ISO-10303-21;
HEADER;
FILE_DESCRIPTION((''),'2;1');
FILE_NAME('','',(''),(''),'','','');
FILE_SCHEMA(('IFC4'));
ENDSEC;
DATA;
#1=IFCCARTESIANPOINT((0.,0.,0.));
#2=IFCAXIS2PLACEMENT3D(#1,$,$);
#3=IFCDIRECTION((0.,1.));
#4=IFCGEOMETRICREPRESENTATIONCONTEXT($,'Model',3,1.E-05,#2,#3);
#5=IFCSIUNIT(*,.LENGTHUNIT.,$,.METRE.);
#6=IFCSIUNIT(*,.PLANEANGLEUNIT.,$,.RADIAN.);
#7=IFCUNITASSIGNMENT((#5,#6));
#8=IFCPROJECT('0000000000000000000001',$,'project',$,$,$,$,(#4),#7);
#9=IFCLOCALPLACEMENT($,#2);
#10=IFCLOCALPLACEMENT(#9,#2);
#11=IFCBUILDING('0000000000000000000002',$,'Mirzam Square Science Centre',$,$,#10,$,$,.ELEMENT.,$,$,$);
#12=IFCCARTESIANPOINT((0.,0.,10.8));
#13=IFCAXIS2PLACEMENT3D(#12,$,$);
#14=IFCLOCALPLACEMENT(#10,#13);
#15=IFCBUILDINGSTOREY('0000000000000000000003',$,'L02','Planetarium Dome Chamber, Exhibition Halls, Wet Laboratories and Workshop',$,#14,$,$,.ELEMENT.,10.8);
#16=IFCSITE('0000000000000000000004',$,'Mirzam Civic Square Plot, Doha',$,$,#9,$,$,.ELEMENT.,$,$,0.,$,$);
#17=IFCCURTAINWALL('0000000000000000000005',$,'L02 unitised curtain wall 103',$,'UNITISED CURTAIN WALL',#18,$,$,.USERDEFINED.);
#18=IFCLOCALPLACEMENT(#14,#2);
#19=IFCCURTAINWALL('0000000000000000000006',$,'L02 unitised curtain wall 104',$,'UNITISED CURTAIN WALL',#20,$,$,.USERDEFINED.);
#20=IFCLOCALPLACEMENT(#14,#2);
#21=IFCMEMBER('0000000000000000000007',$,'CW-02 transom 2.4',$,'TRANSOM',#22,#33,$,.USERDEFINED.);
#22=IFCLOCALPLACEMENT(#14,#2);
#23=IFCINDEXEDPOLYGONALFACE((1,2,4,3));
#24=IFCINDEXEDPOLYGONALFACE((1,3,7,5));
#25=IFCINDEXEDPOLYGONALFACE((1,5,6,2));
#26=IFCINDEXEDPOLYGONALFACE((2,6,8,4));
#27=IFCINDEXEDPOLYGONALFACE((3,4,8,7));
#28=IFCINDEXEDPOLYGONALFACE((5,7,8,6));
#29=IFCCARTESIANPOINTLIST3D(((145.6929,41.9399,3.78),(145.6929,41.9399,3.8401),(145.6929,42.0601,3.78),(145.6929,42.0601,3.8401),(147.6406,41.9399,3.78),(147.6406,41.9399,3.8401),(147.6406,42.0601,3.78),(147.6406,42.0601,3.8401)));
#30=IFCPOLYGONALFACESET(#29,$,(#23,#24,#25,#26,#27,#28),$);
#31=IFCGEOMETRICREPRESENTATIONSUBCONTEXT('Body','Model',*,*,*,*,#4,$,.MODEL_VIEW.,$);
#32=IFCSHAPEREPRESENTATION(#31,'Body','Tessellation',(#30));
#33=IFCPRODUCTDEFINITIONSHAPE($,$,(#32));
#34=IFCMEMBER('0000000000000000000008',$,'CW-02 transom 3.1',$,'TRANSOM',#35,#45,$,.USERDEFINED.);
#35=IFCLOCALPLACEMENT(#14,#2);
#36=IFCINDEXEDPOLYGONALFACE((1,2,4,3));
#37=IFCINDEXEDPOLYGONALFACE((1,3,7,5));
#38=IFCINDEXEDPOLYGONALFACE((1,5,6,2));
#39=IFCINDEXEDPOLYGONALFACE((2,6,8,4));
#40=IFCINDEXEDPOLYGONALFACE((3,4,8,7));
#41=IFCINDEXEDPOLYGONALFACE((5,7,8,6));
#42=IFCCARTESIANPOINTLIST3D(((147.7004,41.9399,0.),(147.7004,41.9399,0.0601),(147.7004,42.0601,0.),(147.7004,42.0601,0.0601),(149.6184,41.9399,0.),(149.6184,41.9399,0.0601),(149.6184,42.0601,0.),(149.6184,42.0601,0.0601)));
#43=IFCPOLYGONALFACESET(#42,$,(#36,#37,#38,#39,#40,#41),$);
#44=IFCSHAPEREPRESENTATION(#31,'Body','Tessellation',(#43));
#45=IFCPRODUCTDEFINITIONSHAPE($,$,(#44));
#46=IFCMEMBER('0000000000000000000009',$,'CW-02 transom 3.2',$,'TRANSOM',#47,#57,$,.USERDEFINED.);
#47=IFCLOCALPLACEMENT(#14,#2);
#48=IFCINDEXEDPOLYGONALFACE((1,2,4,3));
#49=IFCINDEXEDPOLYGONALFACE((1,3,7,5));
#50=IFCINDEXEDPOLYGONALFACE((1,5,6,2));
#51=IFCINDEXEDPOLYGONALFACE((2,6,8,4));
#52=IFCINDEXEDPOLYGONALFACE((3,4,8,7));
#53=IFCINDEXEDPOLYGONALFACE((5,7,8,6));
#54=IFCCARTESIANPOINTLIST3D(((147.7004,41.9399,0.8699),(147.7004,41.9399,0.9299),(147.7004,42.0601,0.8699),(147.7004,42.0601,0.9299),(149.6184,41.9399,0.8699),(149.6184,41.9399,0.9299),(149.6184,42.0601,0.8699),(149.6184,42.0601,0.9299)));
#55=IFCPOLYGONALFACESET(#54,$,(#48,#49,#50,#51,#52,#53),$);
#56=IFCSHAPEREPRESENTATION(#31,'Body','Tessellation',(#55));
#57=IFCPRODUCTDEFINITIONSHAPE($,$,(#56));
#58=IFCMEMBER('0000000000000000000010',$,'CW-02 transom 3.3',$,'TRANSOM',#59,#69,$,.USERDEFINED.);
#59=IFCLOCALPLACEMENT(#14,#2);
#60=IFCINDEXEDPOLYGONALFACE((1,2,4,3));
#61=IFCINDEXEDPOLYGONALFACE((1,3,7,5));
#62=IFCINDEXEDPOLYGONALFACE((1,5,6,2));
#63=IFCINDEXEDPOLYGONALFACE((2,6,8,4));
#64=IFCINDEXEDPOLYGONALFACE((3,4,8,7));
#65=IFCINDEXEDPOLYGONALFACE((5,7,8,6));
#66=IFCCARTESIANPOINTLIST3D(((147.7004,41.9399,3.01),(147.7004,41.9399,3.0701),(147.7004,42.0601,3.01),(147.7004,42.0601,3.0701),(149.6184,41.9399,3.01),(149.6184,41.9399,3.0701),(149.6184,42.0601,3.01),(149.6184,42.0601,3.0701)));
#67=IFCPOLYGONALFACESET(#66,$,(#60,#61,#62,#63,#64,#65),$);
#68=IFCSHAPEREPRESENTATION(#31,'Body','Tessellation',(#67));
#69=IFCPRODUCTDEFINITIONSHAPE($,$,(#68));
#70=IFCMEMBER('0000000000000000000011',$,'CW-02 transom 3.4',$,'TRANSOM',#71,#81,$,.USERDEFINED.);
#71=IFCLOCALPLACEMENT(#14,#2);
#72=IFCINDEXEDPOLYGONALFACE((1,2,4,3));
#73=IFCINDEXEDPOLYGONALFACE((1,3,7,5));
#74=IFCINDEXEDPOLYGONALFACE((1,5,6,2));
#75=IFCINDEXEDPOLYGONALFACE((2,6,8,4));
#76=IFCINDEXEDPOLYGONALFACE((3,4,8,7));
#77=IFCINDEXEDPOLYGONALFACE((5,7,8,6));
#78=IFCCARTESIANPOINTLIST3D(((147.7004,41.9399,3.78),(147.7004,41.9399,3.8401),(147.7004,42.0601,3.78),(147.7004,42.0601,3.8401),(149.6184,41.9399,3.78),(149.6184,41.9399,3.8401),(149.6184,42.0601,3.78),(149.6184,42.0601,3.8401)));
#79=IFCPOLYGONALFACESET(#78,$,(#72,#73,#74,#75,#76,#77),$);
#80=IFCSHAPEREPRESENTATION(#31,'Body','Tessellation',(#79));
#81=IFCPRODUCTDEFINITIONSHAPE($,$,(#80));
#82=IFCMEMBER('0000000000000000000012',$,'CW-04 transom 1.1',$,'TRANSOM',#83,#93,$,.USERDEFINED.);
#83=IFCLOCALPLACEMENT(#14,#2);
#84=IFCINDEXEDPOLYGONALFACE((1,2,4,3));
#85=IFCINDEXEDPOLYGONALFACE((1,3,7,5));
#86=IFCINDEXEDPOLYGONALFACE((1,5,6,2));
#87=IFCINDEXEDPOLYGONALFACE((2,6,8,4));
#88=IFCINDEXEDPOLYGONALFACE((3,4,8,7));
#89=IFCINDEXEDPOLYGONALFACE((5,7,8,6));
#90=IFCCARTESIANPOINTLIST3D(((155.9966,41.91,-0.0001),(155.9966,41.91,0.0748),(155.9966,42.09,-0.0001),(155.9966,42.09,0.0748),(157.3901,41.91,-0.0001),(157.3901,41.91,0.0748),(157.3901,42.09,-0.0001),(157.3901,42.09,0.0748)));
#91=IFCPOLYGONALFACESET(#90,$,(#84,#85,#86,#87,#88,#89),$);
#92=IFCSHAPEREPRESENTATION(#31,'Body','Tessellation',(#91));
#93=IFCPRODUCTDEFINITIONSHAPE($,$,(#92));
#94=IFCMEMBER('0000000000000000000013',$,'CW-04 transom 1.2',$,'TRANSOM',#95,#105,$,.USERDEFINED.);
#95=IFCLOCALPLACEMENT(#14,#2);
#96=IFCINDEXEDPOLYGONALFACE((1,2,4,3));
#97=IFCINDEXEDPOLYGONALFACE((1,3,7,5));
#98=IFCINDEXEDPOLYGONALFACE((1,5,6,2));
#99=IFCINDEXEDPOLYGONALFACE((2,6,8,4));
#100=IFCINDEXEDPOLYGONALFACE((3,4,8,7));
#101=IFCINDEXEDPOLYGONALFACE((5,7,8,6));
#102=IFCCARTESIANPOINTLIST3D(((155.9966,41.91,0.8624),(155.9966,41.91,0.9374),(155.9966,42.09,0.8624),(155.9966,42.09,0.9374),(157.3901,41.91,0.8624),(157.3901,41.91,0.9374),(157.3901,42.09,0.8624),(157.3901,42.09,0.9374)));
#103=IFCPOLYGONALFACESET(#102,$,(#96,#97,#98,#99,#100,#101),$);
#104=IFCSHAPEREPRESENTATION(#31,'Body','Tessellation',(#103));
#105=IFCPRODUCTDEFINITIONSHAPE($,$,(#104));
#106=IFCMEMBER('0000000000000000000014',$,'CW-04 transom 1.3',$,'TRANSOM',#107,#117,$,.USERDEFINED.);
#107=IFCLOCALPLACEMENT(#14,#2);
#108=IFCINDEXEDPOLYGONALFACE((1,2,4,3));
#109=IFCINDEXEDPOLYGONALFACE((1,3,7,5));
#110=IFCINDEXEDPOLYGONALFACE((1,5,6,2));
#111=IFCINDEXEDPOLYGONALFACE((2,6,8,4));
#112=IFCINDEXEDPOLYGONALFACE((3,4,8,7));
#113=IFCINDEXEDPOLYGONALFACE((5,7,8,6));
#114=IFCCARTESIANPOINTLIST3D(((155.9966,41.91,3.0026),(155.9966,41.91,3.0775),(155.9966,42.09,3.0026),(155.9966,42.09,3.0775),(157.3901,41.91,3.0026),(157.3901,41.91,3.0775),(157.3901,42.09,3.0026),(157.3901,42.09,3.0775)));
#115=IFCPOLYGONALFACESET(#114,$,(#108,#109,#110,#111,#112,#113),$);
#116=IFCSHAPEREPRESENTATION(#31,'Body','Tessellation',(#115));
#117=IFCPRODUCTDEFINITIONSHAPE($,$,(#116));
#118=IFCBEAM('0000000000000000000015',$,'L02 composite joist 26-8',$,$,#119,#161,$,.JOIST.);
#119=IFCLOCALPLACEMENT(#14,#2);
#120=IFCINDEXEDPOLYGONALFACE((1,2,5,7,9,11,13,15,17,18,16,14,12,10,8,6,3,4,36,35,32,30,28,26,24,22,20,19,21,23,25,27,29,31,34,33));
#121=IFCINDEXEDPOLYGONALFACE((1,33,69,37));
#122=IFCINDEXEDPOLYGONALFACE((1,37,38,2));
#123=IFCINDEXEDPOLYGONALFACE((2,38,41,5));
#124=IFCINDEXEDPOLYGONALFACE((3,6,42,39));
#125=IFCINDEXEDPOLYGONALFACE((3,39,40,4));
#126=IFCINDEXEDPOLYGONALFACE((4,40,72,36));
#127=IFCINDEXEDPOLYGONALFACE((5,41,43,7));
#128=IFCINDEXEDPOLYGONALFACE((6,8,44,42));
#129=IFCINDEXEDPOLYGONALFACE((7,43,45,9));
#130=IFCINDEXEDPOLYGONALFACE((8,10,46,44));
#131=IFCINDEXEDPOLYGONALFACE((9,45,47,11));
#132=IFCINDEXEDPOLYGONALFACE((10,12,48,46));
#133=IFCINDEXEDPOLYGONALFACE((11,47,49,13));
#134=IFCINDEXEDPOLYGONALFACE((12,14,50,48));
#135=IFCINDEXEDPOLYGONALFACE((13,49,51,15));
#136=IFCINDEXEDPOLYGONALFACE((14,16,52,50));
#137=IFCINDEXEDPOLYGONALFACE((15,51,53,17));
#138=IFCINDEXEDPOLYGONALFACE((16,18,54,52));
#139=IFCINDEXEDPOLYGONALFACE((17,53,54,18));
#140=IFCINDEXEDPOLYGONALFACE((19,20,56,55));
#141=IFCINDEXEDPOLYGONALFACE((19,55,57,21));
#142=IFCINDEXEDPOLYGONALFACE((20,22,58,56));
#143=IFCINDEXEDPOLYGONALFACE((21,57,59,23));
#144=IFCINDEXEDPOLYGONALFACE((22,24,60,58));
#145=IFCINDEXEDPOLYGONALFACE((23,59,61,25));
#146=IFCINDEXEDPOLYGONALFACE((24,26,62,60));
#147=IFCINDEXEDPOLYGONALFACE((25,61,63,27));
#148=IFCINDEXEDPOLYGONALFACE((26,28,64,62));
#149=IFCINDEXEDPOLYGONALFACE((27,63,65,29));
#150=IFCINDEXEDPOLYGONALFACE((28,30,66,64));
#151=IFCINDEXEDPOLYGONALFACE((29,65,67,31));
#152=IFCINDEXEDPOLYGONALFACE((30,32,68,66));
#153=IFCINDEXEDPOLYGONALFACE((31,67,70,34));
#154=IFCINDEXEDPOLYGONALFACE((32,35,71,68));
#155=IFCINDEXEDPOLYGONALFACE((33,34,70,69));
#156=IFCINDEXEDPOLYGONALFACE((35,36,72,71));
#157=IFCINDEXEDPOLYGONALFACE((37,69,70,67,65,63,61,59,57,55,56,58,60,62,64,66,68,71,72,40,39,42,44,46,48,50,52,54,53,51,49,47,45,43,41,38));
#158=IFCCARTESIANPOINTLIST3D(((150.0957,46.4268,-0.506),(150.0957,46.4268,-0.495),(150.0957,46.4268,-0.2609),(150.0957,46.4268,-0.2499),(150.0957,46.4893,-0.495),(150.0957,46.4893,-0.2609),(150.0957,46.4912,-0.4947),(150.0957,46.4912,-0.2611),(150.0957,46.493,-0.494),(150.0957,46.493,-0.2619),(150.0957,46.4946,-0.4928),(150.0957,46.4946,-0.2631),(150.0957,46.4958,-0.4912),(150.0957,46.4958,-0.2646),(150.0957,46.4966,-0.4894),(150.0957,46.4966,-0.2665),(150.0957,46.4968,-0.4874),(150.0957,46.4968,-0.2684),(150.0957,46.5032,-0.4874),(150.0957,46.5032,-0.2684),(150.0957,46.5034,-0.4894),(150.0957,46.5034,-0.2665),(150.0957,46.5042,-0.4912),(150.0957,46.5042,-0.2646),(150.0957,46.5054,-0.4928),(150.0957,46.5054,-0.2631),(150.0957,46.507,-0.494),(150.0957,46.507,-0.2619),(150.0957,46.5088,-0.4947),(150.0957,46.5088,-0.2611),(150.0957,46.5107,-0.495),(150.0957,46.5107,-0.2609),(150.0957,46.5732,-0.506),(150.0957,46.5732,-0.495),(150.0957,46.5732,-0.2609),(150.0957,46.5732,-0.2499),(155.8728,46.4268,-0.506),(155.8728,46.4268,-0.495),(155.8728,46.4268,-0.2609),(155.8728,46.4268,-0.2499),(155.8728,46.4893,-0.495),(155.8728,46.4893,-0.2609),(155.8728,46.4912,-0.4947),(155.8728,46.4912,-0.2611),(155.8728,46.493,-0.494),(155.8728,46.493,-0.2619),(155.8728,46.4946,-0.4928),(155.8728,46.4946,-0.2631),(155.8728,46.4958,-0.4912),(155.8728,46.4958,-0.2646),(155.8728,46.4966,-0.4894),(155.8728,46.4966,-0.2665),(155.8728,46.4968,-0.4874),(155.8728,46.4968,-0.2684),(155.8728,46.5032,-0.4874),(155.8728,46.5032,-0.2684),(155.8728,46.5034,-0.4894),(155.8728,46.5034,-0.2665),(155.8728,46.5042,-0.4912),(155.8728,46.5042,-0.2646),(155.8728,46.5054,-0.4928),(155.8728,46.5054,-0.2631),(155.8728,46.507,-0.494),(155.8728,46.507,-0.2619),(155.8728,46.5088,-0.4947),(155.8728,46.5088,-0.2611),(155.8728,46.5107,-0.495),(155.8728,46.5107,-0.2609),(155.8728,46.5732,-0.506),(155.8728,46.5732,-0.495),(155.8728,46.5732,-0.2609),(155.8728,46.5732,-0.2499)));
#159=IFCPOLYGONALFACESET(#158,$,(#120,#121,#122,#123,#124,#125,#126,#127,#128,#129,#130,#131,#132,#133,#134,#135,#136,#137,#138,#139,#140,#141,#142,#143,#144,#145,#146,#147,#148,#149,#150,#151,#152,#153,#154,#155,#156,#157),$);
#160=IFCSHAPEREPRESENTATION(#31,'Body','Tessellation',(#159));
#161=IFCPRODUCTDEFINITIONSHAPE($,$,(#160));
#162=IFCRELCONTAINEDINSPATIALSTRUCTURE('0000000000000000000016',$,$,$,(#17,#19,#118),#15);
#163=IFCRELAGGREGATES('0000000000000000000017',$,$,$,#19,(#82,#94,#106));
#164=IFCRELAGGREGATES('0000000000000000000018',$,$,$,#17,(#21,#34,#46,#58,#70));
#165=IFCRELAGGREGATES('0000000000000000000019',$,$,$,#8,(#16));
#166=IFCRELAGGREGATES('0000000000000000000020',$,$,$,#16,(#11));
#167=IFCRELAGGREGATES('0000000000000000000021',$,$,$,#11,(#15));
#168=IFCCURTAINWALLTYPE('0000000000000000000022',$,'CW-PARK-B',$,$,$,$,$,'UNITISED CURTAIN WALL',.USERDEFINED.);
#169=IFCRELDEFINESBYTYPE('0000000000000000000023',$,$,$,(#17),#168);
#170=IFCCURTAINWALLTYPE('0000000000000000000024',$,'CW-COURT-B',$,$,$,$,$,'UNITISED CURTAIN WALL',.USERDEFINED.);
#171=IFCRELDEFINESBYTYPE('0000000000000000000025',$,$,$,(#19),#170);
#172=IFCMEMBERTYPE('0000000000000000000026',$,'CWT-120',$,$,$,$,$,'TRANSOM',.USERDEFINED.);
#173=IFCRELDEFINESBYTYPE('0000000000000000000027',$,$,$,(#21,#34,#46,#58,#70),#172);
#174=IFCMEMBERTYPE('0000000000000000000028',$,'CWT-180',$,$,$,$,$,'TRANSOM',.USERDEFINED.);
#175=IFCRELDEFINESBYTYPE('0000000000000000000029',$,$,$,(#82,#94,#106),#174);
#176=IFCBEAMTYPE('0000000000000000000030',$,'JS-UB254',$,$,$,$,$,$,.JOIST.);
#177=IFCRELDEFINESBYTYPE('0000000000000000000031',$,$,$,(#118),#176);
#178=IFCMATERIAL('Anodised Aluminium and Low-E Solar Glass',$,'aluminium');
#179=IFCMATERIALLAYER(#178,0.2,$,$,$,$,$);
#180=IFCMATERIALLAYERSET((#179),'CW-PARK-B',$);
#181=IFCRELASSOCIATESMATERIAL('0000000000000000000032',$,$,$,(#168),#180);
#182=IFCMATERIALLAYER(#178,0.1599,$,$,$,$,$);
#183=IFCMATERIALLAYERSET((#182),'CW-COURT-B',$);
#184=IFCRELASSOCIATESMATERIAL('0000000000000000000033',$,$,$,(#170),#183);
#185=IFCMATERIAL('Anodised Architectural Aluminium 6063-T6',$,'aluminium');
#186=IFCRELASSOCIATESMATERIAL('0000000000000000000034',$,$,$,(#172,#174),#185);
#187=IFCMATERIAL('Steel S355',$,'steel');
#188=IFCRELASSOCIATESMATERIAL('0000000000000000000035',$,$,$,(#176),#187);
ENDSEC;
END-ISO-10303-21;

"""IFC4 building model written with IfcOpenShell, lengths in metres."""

from ifc_helpers import new_model, si_unit, direction, frame, origin, origin_2d, place, context, subcontext, project, spatial, rectangle, i_section, extrude, material, layer, layer_set, material_profile, profile_set, type_object, element, aggregate, save


model = new_model("IFC4")

# Units and contexts
model_context = context("Model", 3, precision=1e-05, world=origin(), true_north=direction((0.0, 1.0)))
body_context = subcontext(model_context, "Body", "Model", "MODEL_VIEW")
ifc_project = project(units=[si_unit("LENGTHUNIT", "METRE"), si_unit("PLANEANGLEUNIT", "RADIAN")], contexts=[model_context])

# Site, building, storey
site_placement = place(None, origin())
site = spatial("IfcSite", under=ifc_project, at=site_placement, Name="Mirzam Civic Square Plot, Doha", CompositionType="ELEMENT", RefElevation=0.0)
building_placement = place(site_placement, origin())
building = spatial("IfcBuilding", under=site, at=building_placement, Name="Mirzam Square Science Centre", CompositionType="ELEMENT")
storey_placement = place(building_placement, frame((0.0, 0.0, 10.8)))
storey = spatial("IfcBuildingStorey", under=building, at=storey_placement, Name="L02", Description="Planetarium Dome Chamber, Exhibition Halls, Wet Laboratories and Workshop", CompositionType="ELEMENT", Elevation=10.8)

# Shared definitions
ifc_material_1 = material(Name="Steel S355", Category="steel")

# Curtain wall
ifc_material_2 = material(Name="Anodised Aluminium and Low-E Solar Glass", Category="aluminium")
ifc_layer_1 = layer(ifc_material_2, 0.2)
ifc_layer_set_1 = layer_set([ifc_layer_1], Name="CW-PARK-B")
curtain_wall_type_1 = type_object("IfcCurtainWallType", Name="CW-PARK-B", ElementType="UNITISED CURTAIN WALL", PredefinedType="USERDEFINED", material=ifc_layer_set_1)
curtain_wall_1_placement = place(storey_placement, origin())
curtain_wall_1 = element("IfcCurtainWall", 1, at=curtain_wall_1_placement, inside=storey, type_object=curtain_wall_type_1, Name="L02 unitised curtain wall 103", ObjectType="UNITISED CURTAIN WALL", PredefinedType="USERDEFINED")
ifc_material_3 = material(Name="Anodised Architectural Aluminium 6063-T6", Category="aluminium")

# Curtain wall
ifc_layer_2 = layer(ifc_material_2, 0.1599)
ifc_layer_set_2 = layer_set([ifc_layer_2], Name="CW-COURT-B")
curtain_wall_type_2 = type_object("IfcCurtainWallType", Name="CW-COURT-B", ElementType="UNITISED CURTAIN WALL", PredefinedType="USERDEFINED", material=ifc_layer_set_2)
curtain_wall_2_placement = place(storey_placement, origin())
curtain_wall_2 = element("IfcCurtainWall", 2, at=curtain_wall_2_placement, inside=storey, type_object=curtain_wall_type_2, Name="L02 unitised curtain wall 104", ObjectType="UNITISED CURTAIN WALL", PredefinedType="USERDEFINED")

# Members
ifc_material_profile_1 = material_profile(ifc_material_3, rectangle(XDim=0.1201, YDim=0.0601, at=origin_2d()), Name="ALU-TRAN-120x60x4")
ifc_profile_set_1 = profile_set([ifc_material_profile_1], Name="Anodised Architectural Aluminium 6063-T6")
member_type_1 = type_object("IfcMemberType", Name="CWT-120", ElementType="TRANSOM", PredefinedType="USERDEFINED", material=ifc_profile_set_1)
member_1_placement = place(storey_placement, frame((145.6929, 42.0, 3.8101), z_axis=(1.0, 0.0, 0.0), x_axis=(0.0, 1.0, 0.0)))
member_1 = element("IfcMember", 3, at=member_1_placement, type_object=member_type_1, Name="CW-02 transom 2.4", ObjectType="TRANSOM", PredefinedType="USERDEFINED", context=body_context, shape_type="SweptSolid", body=[
    extrude(rectangle(XDim=0.1201, YDim=0.0601, at=origin_2d()), origin(), (0.0, 0.0, 1.0), 1.9478),
])
member_2_placement = place(storey_placement, frame((147.7004, 42.0, 0.03), z_axis=(1.0, 0.0, 0.0), x_axis=(0.0, 1.0, 0.0)))
member_2 = element("IfcMember", 4, at=member_2_placement, type_object=member_type_1, Name="CW-02 transom 3.1", ObjectType="TRANSOM", PredefinedType="USERDEFINED", context=body_context, shape_type="SweptSolid", body=[
    extrude(rectangle(XDim=0.1201, YDim=0.0601, at=origin_2d()), origin(), (0.0, 0.0, 1.0), 1.918),
])
member_3_placement = place(storey_placement, frame((147.7004, 42.0, 0.8999), z_axis=(1.0, 0.0, 0.0), x_axis=(0.0, 1.0, 0.0)))
member_3 = element("IfcMember", 5, at=member_3_placement, type_object=member_type_1, Name="CW-02 transom 3.2", ObjectType="TRANSOM", PredefinedType="USERDEFINED", context=body_context, shape_type="SweptSolid", body=[
    extrude(rectangle(XDim=0.1201, YDim=0.0601, at=origin_2d()), origin(), (0.0, 0.0, 1.0), 1.918),
])
member_4_placement = place(storey_placement, frame((147.7004, 42.0, 3.04), z_axis=(1.0, 0.0, 0.0), x_axis=(0.0, 1.0, 0.0)))
member_4 = element("IfcMember", 6, at=member_4_placement, type_object=member_type_1, Name="CW-02 transom 3.3", ObjectType="TRANSOM", PredefinedType="USERDEFINED", context=body_context, shape_type="SweptSolid", body=[
    extrude(rectangle(XDim=0.1201, YDim=0.0601, at=origin_2d()), origin(), (0.0, 0.0, 1.0), 1.918),
])
member_5_placement = place(storey_placement, frame((147.7004, 42.0, 3.8101), z_axis=(1.0, 0.0, 0.0), x_axis=(0.0, 1.0, 0.0)))
member_5 = element("IfcMember", 7, at=member_5_placement, type_object=member_type_1, Name="CW-02 transom 3.4", ObjectType="TRANSOM", PredefinedType="USERDEFINED", context=body_context, shape_type="SweptSolid", body=[
    extrude(rectangle(XDim=0.1201, YDim=0.0601, at=origin_2d()), origin(), (0.0, 0.0, 1.0), 1.918),
])
ifc_material_profile_2 = material_profile(ifc_material_3, rectangle(XDim=0.1799, YDim=0.075, at=origin_2d()), Name="ALU-TRAN-180x75x5")
ifc_profile_set_2 = profile_set([ifc_material_profile_2], Name="Anodised Architectural Aluminium 6063-T6")
member_type_2 = type_object("IfcMemberType", Name="CWT-180", ElementType="TRANSOM", PredefinedType="USERDEFINED", material=ifc_profile_set_2)
member_6_placement = place(storey_placement, frame((155.9966, 42.0, 0.0374), z_axis=(1.0, 0.0, 0.0), x_axis=(0.0, 1.0, 0.0)))
member_6 = element("IfcMember", 8, at=member_6_placement, type_object=member_type_2, Name="CW-04 transom 1.1", ObjectType="TRANSOM", PredefinedType="USERDEFINED", context=body_context, shape_type="SweptSolid", body=[
    extrude(rectangle(XDim=0.1799, YDim=0.075, at=origin_2d()), origin(), (0.0, 0.0, 1.0), 1.3936),
])
member_7_placement = place(storey_placement, frame((155.9966, 42.0, 0.8999), z_axis=(1.0, 0.0, 0.0), x_axis=(0.0, 1.0, 0.0)))
member_7 = element("IfcMember", 9, at=member_7_placement, type_object=member_type_2, Name="CW-04 transom 1.2", ObjectType="TRANSOM", PredefinedType="USERDEFINED", context=body_context, shape_type="SweptSolid", body=[
    extrude(rectangle(XDim=0.1799, YDim=0.075, at=origin_2d()), origin(), (0.0, 0.0, 1.0), 1.3936),
])
member_8_placement = place(storey_placement, frame((155.9966, 42.0, 3.04), z_axis=(1.0, 0.0, 0.0), x_axis=(0.0, 1.0, 0.0)))
member_8 = element("IfcMember", 10, at=member_8_placement, type_object=member_type_2, Name="CW-04 transom 1.3", ObjectType="TRANSOM", PredefinedType="USERDEFINED", context=body_context, shape_type="SweptSolid", body=[
    extrude(rectangle(XDim=0.1799, YDim=0.075, at=origin_2d()), origin(), (0.0, 0.0, 1.0), 1.3936),
])
aggregate(curtain_wall_2, [member_6, member_7, member_8])

# Beam
ifc_material_profile_3 = material_profile(ifc_material_1, i_section(OverallWidth=0.1465, OverallDepth=0.2561, WebThickness=0.0063, FlangeThickness=0.011, FilletRadius=0.0076, at=origin_2d()), Name="254x146x37UB")
ifc_profile_set_3 = profile_set([ifc_material_profile_3], Name="Steel S355")
beam_type_1 = type_object("IfcBeamType", Name="JS-UB254", PredefinedType="JOIST", material=ifc_profile_set_3)
beam_1_placement = place(storey_placement, frame((150.0957, 46.5, -0.3779), z_axis=(1.0, 0.0, 0.0), x_axis=(0.0, 1.0, 0.0)))
element("IfcBeam", 11, at=beam_1_placement, inside=storey, type_object=beam_type_1, Name="L02 composite joist 26-8", PredefinedType="JOIST", context=body_context, shape_type="SweptSolid", body=[
    extrude(i_section(OverallWidth=0.1465, OverallDepth=0.2561, WebThickness=0.0063, FlangeThickness=0.011, FilletRadius=0.0076, at=origin_2d()), origin(), (0.0, 0.0, 1.0), 5.7771),
])

aggregate(curtain_wall_1, [member_1, member_2, member_3, member_4, member_5])

save(model, "model.ifc")
